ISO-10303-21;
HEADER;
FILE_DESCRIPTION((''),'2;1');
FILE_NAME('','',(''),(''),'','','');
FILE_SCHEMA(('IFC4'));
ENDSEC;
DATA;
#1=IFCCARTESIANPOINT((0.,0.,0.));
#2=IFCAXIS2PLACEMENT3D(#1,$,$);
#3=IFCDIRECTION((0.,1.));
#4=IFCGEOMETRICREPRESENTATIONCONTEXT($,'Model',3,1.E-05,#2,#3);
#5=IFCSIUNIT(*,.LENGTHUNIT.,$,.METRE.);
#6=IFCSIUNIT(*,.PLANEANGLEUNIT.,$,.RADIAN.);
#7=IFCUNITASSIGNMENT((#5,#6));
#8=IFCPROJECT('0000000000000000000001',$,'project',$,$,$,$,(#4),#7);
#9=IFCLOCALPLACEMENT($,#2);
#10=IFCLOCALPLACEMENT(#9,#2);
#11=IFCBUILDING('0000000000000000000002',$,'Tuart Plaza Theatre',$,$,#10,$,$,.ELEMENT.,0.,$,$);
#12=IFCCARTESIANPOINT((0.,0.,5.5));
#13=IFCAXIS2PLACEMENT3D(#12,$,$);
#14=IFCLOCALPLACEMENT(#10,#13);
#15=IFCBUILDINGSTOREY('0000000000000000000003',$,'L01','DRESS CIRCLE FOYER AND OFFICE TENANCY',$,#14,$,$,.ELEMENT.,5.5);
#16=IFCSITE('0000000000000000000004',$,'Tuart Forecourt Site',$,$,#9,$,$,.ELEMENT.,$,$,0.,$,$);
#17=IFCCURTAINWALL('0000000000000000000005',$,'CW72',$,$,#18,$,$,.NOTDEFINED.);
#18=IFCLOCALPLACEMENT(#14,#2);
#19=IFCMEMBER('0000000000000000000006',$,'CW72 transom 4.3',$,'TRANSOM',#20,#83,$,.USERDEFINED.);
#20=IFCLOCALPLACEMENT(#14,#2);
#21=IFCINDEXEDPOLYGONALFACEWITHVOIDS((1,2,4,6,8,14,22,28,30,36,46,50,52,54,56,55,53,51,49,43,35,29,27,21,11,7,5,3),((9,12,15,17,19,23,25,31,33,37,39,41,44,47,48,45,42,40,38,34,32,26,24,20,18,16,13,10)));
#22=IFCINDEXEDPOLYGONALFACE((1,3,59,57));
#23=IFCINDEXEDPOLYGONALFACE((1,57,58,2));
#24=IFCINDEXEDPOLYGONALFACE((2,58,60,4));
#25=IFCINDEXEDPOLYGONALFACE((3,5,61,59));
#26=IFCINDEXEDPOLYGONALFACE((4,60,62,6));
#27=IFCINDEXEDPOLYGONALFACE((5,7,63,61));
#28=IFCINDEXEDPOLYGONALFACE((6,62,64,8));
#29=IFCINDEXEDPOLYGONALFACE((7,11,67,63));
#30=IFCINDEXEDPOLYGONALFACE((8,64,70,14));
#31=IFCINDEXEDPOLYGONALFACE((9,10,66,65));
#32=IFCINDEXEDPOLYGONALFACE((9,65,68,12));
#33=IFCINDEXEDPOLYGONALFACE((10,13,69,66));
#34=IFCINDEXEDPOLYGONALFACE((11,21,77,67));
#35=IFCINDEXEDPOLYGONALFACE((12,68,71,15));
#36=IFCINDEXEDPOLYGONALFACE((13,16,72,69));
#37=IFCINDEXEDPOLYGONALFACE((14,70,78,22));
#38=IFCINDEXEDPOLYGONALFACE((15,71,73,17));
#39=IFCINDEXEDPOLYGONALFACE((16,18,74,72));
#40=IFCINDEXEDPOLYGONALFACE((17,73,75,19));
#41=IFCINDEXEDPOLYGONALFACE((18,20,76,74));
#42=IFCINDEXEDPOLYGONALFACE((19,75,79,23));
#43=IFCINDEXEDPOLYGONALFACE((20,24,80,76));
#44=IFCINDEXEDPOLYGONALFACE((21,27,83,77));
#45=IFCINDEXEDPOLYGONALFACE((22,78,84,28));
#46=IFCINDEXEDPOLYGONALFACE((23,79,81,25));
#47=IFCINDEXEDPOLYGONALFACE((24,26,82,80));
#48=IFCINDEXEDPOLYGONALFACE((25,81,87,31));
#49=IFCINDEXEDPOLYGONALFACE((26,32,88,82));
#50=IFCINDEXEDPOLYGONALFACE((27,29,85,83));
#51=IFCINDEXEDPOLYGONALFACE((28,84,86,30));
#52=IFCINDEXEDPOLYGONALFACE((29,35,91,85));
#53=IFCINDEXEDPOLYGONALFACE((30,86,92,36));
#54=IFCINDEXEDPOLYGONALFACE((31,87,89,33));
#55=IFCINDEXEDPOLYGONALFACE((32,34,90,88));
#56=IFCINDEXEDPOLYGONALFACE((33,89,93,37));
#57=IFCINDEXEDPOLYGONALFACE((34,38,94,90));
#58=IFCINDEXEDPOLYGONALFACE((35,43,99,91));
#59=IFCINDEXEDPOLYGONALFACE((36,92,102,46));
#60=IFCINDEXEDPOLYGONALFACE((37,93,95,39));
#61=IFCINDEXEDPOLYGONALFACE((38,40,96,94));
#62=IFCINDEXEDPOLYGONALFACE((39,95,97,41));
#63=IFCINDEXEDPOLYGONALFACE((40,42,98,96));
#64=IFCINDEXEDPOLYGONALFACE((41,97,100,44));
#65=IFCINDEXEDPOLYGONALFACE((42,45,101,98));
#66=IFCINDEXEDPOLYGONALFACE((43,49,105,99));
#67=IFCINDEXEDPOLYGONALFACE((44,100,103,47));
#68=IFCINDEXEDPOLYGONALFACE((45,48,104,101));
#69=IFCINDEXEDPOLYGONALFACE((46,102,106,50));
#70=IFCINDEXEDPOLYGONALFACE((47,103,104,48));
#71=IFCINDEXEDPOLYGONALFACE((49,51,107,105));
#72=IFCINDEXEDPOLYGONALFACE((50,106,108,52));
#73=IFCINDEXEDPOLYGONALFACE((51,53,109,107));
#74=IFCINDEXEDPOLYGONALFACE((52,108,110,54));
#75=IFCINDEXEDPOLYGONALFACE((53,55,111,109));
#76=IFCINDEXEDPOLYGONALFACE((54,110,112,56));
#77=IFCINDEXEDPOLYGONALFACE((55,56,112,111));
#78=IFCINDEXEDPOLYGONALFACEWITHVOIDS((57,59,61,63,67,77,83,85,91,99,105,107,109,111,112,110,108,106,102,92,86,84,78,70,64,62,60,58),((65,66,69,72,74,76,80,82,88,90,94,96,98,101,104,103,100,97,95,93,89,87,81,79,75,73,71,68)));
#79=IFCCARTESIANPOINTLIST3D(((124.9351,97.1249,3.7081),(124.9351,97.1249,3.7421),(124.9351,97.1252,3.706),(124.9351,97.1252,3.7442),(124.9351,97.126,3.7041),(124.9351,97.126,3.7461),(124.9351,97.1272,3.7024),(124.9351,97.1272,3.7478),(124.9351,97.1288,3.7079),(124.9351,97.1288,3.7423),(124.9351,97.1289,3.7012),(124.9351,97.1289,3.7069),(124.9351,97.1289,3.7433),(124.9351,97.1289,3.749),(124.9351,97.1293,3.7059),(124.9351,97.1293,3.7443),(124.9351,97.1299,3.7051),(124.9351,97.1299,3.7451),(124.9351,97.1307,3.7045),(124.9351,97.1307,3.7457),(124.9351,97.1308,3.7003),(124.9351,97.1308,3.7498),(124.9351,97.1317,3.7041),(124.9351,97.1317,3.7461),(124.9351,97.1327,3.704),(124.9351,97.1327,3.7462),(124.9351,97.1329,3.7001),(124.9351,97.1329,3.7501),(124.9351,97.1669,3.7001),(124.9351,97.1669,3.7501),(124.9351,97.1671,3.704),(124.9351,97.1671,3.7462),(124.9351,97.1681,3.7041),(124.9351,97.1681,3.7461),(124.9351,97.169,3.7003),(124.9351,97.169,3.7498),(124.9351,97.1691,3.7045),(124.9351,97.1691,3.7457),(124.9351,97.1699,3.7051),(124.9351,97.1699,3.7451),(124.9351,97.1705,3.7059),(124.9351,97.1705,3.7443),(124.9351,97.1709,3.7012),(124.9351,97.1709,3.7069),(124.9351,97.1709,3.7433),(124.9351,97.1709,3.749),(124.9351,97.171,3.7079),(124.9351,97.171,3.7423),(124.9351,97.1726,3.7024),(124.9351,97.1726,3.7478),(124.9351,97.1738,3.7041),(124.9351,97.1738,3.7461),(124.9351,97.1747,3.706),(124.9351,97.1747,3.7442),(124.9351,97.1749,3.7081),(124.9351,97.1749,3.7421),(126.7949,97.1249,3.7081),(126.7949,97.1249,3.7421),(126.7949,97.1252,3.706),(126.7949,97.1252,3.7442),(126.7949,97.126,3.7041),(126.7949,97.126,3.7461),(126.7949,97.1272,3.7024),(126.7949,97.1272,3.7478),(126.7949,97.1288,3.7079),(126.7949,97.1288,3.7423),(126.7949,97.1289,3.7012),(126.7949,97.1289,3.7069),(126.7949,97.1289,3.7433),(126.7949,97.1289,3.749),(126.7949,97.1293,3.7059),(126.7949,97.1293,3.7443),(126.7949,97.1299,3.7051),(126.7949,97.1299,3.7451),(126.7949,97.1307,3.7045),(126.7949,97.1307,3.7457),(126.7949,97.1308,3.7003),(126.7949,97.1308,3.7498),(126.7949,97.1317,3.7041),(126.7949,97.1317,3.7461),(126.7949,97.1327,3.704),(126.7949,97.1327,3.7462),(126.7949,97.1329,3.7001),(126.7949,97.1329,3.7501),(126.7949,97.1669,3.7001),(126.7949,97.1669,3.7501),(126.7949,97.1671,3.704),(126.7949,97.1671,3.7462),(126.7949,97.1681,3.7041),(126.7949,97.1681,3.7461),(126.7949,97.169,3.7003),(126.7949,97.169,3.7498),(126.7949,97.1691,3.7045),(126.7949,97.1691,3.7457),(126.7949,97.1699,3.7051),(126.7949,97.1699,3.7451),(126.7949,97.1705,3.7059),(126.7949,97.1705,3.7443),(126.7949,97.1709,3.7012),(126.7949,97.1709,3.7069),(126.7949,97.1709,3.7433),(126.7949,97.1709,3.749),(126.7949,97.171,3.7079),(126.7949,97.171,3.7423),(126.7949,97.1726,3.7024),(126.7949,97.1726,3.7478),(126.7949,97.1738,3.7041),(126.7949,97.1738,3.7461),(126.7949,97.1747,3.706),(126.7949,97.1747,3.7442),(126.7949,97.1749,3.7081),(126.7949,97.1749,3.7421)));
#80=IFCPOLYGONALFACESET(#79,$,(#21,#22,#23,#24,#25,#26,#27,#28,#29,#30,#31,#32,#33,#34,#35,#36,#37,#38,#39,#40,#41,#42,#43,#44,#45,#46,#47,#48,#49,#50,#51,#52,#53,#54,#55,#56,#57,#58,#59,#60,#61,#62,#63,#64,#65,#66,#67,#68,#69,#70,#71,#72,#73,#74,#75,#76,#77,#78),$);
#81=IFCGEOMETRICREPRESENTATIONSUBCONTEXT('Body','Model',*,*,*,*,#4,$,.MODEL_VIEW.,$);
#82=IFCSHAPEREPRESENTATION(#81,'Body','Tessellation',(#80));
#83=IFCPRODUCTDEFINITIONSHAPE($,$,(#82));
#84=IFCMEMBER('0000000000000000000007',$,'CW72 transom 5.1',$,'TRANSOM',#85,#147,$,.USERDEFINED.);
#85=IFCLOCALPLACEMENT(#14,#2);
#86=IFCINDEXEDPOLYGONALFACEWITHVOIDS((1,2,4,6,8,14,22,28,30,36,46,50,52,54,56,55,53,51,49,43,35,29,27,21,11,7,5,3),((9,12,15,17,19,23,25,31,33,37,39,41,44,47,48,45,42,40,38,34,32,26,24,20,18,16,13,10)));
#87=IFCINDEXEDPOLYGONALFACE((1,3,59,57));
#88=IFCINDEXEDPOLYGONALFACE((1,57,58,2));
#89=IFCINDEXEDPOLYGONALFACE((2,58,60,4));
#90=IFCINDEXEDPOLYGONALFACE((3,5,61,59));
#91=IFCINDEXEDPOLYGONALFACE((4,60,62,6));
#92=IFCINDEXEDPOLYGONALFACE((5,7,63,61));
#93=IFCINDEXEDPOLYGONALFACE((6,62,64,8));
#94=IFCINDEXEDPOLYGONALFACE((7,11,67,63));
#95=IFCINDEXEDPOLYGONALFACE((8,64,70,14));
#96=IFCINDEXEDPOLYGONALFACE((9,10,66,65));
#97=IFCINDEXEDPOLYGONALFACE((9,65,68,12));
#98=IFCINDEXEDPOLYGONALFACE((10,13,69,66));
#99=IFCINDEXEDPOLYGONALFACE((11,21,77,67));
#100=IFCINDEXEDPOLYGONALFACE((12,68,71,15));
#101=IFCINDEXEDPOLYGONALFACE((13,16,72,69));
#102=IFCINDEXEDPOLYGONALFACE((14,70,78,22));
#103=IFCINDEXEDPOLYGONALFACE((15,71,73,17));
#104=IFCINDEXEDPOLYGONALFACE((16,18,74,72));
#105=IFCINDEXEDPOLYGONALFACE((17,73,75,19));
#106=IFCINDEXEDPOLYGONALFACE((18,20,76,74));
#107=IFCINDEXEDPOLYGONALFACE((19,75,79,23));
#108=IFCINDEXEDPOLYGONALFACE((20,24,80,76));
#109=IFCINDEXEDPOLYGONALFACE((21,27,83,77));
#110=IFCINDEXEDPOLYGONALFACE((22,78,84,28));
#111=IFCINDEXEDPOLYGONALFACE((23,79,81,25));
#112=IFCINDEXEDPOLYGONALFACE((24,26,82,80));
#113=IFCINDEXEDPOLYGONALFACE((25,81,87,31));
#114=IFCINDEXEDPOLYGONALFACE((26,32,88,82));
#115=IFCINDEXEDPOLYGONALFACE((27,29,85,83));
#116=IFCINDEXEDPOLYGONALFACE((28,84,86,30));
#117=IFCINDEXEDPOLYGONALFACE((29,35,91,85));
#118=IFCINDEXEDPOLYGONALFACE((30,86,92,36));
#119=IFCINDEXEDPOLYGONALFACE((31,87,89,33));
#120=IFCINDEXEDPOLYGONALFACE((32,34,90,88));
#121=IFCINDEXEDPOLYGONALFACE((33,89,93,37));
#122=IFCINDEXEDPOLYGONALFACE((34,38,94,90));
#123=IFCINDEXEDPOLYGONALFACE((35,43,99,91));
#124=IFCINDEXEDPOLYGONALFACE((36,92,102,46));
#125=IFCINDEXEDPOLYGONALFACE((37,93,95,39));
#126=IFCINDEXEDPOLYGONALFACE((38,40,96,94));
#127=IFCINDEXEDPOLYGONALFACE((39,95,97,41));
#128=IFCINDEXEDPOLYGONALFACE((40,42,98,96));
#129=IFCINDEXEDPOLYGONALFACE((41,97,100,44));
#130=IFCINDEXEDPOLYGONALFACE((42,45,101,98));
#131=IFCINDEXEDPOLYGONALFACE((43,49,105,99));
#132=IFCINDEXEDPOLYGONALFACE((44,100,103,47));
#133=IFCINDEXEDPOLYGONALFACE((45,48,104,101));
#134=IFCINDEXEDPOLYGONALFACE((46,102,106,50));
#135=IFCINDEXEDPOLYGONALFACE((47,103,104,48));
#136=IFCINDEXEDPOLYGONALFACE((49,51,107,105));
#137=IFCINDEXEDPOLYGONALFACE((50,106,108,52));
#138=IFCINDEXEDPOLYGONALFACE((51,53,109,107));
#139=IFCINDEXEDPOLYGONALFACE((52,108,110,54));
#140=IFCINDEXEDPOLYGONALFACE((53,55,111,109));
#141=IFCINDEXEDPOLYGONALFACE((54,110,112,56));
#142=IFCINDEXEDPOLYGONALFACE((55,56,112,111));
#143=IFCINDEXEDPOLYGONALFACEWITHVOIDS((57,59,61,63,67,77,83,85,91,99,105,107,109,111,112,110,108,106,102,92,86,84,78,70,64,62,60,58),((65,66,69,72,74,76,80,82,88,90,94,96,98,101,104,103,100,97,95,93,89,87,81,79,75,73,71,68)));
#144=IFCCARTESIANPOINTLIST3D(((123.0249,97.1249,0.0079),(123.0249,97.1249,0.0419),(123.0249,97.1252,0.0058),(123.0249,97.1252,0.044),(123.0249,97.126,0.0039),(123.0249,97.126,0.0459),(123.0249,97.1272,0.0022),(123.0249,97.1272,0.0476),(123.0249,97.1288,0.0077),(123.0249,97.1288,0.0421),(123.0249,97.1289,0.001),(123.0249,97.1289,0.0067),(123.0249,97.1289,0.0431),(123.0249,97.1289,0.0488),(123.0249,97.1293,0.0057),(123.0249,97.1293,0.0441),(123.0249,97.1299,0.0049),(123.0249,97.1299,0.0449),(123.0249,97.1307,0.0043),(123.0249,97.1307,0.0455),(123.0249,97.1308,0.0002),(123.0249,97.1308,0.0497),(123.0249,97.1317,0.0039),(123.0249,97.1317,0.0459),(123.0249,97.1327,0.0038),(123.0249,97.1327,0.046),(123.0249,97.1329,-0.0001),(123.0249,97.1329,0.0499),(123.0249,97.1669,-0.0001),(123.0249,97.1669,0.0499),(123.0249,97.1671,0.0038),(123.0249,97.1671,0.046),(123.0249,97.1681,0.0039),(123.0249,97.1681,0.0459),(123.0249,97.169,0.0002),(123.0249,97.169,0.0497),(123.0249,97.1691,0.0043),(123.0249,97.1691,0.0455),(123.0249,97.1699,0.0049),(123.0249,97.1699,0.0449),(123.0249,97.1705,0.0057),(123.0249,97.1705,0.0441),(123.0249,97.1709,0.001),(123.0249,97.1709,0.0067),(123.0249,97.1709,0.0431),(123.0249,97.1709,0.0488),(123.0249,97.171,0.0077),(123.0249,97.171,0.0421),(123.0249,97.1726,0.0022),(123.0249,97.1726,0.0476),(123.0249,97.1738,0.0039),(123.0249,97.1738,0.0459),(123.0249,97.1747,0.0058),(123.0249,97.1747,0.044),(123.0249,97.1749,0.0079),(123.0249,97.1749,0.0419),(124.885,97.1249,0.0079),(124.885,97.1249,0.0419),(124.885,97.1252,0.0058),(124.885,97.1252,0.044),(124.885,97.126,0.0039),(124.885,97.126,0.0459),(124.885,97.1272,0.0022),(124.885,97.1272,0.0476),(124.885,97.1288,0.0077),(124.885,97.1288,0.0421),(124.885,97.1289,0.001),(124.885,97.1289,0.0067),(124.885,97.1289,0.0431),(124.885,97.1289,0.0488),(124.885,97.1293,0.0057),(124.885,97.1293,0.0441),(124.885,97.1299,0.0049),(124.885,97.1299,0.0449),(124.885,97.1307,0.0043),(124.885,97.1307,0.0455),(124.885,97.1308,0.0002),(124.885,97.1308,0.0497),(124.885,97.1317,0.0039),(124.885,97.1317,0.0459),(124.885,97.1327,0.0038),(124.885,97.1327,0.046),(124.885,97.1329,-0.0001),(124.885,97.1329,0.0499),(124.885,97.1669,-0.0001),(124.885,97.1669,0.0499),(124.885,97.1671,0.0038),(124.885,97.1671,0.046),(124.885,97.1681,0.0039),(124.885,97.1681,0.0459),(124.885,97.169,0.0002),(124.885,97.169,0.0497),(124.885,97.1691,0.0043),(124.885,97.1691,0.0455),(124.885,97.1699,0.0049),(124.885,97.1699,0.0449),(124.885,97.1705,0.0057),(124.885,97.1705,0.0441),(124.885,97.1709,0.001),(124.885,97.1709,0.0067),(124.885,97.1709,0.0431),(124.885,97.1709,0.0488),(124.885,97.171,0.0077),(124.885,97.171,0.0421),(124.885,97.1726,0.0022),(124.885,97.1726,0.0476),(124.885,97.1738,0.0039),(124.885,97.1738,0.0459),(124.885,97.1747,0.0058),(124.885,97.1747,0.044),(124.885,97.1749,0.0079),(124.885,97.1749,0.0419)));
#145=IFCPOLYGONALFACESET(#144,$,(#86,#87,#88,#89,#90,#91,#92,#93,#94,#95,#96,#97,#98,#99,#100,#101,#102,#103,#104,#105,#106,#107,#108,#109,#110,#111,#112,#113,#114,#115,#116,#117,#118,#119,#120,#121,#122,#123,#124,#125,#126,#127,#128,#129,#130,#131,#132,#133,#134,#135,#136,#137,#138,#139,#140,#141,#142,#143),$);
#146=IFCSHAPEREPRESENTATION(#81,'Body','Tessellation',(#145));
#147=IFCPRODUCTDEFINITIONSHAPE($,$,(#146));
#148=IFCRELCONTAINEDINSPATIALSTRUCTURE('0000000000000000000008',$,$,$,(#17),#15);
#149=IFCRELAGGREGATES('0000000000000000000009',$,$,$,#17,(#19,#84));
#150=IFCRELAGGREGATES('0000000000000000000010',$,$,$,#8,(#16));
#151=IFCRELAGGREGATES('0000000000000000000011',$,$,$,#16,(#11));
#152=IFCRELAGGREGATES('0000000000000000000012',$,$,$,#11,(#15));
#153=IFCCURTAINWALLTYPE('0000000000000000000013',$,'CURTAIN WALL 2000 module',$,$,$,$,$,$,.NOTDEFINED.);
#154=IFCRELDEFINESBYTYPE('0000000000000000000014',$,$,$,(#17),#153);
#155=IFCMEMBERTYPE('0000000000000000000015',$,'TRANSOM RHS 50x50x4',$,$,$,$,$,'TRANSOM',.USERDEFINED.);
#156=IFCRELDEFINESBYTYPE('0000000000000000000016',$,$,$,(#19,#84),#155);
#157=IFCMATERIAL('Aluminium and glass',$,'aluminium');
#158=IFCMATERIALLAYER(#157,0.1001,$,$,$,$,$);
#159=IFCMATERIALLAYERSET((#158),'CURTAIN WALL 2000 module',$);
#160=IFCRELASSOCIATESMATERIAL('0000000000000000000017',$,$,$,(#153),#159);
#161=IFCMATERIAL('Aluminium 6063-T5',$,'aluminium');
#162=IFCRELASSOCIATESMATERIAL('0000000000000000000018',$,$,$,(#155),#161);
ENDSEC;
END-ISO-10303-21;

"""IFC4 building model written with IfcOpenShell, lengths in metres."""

from ifc_helpers import new_model, si_unit, direction, frame, origin, origin_2d, place, context, subcontext, project, spatial, hollow_rectangle, extrude, material, layer, layer_set, material_profile, profile_set, type_object, element, aggregate, save


model = new_model("IFC4")

# Units and contexts
model_context = context("Model", 3, precision=1e-05, world=origin(), true_north=direction((0.0, 1.0)))
body_context = subcontext(model_context, "Body", "Model", "MODEL_VIEW")
ifc_project = project(units=[si_unit("LENGTHUNIT", "METRE"), si_unit("PLANEANGLEUNIT", "RADIAN")], contexts=[model_context])

# Site, building, storey
site_placement = place(None, origin())
site = spatial("IfcSite", under=ifc_project, at=site_placement, Name="Tuart Forecourt Site", CompositionType="ELEMENT", RefElevation=0.0)
building_placement = place(site_placement, origin())
building = spatial("IfcBuilding", under=site, at=building_placement, Name="Tuart Plaza Theatre", CompositionType="ELEMENT", ElevationOfRefHeight=0.0)
storey_placement = place(building_placement, frame((0.0, 0.0, 5.5)))
storey = spatial("IfcBuildingStorey", under=building, at=storey_placement, Name="L01", Description="DRESS CIRCLE FOYER AND OFFICE TENANCY", CompositionType="ELEMENT", Elevation=5.5)

# Curtain wall, members
ifc_material_1 = material(Name="Aluminium and glass", Category="aluminium")
ifc_layer_1 = layer(ifc_material_1, 0.1001)
ifc_layer_set_1 = layer_set([ifc_layer_1], Name="CURTAIN WALL 2000 module")
curtain_wall_type = type_object("IfcCurtainWallType", Name="CURTAIN WALL 2000 module", PredefinedType="NOTDEFINED", material=ifc_layer_set_1)
curtain_wall_placement = place(storey_placement, origin())
curtain_wall = element("IfcCurtainWall", 1, at=curtain_wall_placement, inside=storey, type_object=curtain_wall_type, Name="CW72", PredefinedType="NOTDEFINED")
ifc_material_2 = material(Name="Aluminium 6063-T5", Category="aluminium")
ifc_material_profile_1 = material_profile(ifc_material_2, hollow_rectangle(XDim=0.05, YDim=0.05, WallThickness=0.0039, InnerFilletRadius=0.0039, OuterFilletRadius=0.0081, at=origin_2d()), Name="RHS 50x50x4")
ifc_profile_set_1 = profile_set([ifc_material_profile_1], Name="Aluminium 6063-T5")
member_type_1 = type_object("IfcMemberType", Name="TRANSOM RHS 50x50x4", ElementType="TRANSOM", PredefinedType="USERDEFINED", material=ifc_profile_set_1)
member_1_placement = place(storey_placement, frame((126.7949, 97.1499, 3.7251), z_axis=(-1.0, 0.0, 0.0), x_axis=(0.0, -1.0, 0.0)))
member_1 = element("IfcMember", 2, at=member_1_placement, type_object=member_type_1, Name="CW72 transom 4.3", ObjectType="TRANSOM", PredefinedType="USERDEFINED", context=body_context, shape_type="SweptSolid", body=[
    extrude(hollow_rectangle(XDim=0.05, YDim=0.05, WallThickness=0.0039, InnerFilletRadius=0.0039, OuterFilletRadius=0.0081, at=origin_2d()), origin(), (0.0, 0.0, 1.0), 1.8599),
])
member_2_placement = place(storey_placement, frame((124.885, 97.1499, 0.0249), z_axis=(-1.0, 0.0, 0.0), x_axis=(0.0, -1.0, 0.0)))
member_2 = element("IfcMember", 3, at=member_2_placement, type_object=member_type_1, Name="CW72 transom 5.1", ObjectType="TRANSOM", PredefinedType="USERDEFINED", context=body_context, shape_type="SweptSolid", body=[
    extrude(hollow_rectangle(XDim=0.05, YDim=0.05, WallThickness=0.0039, InnerFilletRadius=0.0039, OuterFilletRadius=0.0081, at=origin_2d()), origin(), (0.0, 0.0, 1.0), 1.8601),
])
aggregate(curtain_wall, [member_1, member_2])

save(model, "model.ifc")
